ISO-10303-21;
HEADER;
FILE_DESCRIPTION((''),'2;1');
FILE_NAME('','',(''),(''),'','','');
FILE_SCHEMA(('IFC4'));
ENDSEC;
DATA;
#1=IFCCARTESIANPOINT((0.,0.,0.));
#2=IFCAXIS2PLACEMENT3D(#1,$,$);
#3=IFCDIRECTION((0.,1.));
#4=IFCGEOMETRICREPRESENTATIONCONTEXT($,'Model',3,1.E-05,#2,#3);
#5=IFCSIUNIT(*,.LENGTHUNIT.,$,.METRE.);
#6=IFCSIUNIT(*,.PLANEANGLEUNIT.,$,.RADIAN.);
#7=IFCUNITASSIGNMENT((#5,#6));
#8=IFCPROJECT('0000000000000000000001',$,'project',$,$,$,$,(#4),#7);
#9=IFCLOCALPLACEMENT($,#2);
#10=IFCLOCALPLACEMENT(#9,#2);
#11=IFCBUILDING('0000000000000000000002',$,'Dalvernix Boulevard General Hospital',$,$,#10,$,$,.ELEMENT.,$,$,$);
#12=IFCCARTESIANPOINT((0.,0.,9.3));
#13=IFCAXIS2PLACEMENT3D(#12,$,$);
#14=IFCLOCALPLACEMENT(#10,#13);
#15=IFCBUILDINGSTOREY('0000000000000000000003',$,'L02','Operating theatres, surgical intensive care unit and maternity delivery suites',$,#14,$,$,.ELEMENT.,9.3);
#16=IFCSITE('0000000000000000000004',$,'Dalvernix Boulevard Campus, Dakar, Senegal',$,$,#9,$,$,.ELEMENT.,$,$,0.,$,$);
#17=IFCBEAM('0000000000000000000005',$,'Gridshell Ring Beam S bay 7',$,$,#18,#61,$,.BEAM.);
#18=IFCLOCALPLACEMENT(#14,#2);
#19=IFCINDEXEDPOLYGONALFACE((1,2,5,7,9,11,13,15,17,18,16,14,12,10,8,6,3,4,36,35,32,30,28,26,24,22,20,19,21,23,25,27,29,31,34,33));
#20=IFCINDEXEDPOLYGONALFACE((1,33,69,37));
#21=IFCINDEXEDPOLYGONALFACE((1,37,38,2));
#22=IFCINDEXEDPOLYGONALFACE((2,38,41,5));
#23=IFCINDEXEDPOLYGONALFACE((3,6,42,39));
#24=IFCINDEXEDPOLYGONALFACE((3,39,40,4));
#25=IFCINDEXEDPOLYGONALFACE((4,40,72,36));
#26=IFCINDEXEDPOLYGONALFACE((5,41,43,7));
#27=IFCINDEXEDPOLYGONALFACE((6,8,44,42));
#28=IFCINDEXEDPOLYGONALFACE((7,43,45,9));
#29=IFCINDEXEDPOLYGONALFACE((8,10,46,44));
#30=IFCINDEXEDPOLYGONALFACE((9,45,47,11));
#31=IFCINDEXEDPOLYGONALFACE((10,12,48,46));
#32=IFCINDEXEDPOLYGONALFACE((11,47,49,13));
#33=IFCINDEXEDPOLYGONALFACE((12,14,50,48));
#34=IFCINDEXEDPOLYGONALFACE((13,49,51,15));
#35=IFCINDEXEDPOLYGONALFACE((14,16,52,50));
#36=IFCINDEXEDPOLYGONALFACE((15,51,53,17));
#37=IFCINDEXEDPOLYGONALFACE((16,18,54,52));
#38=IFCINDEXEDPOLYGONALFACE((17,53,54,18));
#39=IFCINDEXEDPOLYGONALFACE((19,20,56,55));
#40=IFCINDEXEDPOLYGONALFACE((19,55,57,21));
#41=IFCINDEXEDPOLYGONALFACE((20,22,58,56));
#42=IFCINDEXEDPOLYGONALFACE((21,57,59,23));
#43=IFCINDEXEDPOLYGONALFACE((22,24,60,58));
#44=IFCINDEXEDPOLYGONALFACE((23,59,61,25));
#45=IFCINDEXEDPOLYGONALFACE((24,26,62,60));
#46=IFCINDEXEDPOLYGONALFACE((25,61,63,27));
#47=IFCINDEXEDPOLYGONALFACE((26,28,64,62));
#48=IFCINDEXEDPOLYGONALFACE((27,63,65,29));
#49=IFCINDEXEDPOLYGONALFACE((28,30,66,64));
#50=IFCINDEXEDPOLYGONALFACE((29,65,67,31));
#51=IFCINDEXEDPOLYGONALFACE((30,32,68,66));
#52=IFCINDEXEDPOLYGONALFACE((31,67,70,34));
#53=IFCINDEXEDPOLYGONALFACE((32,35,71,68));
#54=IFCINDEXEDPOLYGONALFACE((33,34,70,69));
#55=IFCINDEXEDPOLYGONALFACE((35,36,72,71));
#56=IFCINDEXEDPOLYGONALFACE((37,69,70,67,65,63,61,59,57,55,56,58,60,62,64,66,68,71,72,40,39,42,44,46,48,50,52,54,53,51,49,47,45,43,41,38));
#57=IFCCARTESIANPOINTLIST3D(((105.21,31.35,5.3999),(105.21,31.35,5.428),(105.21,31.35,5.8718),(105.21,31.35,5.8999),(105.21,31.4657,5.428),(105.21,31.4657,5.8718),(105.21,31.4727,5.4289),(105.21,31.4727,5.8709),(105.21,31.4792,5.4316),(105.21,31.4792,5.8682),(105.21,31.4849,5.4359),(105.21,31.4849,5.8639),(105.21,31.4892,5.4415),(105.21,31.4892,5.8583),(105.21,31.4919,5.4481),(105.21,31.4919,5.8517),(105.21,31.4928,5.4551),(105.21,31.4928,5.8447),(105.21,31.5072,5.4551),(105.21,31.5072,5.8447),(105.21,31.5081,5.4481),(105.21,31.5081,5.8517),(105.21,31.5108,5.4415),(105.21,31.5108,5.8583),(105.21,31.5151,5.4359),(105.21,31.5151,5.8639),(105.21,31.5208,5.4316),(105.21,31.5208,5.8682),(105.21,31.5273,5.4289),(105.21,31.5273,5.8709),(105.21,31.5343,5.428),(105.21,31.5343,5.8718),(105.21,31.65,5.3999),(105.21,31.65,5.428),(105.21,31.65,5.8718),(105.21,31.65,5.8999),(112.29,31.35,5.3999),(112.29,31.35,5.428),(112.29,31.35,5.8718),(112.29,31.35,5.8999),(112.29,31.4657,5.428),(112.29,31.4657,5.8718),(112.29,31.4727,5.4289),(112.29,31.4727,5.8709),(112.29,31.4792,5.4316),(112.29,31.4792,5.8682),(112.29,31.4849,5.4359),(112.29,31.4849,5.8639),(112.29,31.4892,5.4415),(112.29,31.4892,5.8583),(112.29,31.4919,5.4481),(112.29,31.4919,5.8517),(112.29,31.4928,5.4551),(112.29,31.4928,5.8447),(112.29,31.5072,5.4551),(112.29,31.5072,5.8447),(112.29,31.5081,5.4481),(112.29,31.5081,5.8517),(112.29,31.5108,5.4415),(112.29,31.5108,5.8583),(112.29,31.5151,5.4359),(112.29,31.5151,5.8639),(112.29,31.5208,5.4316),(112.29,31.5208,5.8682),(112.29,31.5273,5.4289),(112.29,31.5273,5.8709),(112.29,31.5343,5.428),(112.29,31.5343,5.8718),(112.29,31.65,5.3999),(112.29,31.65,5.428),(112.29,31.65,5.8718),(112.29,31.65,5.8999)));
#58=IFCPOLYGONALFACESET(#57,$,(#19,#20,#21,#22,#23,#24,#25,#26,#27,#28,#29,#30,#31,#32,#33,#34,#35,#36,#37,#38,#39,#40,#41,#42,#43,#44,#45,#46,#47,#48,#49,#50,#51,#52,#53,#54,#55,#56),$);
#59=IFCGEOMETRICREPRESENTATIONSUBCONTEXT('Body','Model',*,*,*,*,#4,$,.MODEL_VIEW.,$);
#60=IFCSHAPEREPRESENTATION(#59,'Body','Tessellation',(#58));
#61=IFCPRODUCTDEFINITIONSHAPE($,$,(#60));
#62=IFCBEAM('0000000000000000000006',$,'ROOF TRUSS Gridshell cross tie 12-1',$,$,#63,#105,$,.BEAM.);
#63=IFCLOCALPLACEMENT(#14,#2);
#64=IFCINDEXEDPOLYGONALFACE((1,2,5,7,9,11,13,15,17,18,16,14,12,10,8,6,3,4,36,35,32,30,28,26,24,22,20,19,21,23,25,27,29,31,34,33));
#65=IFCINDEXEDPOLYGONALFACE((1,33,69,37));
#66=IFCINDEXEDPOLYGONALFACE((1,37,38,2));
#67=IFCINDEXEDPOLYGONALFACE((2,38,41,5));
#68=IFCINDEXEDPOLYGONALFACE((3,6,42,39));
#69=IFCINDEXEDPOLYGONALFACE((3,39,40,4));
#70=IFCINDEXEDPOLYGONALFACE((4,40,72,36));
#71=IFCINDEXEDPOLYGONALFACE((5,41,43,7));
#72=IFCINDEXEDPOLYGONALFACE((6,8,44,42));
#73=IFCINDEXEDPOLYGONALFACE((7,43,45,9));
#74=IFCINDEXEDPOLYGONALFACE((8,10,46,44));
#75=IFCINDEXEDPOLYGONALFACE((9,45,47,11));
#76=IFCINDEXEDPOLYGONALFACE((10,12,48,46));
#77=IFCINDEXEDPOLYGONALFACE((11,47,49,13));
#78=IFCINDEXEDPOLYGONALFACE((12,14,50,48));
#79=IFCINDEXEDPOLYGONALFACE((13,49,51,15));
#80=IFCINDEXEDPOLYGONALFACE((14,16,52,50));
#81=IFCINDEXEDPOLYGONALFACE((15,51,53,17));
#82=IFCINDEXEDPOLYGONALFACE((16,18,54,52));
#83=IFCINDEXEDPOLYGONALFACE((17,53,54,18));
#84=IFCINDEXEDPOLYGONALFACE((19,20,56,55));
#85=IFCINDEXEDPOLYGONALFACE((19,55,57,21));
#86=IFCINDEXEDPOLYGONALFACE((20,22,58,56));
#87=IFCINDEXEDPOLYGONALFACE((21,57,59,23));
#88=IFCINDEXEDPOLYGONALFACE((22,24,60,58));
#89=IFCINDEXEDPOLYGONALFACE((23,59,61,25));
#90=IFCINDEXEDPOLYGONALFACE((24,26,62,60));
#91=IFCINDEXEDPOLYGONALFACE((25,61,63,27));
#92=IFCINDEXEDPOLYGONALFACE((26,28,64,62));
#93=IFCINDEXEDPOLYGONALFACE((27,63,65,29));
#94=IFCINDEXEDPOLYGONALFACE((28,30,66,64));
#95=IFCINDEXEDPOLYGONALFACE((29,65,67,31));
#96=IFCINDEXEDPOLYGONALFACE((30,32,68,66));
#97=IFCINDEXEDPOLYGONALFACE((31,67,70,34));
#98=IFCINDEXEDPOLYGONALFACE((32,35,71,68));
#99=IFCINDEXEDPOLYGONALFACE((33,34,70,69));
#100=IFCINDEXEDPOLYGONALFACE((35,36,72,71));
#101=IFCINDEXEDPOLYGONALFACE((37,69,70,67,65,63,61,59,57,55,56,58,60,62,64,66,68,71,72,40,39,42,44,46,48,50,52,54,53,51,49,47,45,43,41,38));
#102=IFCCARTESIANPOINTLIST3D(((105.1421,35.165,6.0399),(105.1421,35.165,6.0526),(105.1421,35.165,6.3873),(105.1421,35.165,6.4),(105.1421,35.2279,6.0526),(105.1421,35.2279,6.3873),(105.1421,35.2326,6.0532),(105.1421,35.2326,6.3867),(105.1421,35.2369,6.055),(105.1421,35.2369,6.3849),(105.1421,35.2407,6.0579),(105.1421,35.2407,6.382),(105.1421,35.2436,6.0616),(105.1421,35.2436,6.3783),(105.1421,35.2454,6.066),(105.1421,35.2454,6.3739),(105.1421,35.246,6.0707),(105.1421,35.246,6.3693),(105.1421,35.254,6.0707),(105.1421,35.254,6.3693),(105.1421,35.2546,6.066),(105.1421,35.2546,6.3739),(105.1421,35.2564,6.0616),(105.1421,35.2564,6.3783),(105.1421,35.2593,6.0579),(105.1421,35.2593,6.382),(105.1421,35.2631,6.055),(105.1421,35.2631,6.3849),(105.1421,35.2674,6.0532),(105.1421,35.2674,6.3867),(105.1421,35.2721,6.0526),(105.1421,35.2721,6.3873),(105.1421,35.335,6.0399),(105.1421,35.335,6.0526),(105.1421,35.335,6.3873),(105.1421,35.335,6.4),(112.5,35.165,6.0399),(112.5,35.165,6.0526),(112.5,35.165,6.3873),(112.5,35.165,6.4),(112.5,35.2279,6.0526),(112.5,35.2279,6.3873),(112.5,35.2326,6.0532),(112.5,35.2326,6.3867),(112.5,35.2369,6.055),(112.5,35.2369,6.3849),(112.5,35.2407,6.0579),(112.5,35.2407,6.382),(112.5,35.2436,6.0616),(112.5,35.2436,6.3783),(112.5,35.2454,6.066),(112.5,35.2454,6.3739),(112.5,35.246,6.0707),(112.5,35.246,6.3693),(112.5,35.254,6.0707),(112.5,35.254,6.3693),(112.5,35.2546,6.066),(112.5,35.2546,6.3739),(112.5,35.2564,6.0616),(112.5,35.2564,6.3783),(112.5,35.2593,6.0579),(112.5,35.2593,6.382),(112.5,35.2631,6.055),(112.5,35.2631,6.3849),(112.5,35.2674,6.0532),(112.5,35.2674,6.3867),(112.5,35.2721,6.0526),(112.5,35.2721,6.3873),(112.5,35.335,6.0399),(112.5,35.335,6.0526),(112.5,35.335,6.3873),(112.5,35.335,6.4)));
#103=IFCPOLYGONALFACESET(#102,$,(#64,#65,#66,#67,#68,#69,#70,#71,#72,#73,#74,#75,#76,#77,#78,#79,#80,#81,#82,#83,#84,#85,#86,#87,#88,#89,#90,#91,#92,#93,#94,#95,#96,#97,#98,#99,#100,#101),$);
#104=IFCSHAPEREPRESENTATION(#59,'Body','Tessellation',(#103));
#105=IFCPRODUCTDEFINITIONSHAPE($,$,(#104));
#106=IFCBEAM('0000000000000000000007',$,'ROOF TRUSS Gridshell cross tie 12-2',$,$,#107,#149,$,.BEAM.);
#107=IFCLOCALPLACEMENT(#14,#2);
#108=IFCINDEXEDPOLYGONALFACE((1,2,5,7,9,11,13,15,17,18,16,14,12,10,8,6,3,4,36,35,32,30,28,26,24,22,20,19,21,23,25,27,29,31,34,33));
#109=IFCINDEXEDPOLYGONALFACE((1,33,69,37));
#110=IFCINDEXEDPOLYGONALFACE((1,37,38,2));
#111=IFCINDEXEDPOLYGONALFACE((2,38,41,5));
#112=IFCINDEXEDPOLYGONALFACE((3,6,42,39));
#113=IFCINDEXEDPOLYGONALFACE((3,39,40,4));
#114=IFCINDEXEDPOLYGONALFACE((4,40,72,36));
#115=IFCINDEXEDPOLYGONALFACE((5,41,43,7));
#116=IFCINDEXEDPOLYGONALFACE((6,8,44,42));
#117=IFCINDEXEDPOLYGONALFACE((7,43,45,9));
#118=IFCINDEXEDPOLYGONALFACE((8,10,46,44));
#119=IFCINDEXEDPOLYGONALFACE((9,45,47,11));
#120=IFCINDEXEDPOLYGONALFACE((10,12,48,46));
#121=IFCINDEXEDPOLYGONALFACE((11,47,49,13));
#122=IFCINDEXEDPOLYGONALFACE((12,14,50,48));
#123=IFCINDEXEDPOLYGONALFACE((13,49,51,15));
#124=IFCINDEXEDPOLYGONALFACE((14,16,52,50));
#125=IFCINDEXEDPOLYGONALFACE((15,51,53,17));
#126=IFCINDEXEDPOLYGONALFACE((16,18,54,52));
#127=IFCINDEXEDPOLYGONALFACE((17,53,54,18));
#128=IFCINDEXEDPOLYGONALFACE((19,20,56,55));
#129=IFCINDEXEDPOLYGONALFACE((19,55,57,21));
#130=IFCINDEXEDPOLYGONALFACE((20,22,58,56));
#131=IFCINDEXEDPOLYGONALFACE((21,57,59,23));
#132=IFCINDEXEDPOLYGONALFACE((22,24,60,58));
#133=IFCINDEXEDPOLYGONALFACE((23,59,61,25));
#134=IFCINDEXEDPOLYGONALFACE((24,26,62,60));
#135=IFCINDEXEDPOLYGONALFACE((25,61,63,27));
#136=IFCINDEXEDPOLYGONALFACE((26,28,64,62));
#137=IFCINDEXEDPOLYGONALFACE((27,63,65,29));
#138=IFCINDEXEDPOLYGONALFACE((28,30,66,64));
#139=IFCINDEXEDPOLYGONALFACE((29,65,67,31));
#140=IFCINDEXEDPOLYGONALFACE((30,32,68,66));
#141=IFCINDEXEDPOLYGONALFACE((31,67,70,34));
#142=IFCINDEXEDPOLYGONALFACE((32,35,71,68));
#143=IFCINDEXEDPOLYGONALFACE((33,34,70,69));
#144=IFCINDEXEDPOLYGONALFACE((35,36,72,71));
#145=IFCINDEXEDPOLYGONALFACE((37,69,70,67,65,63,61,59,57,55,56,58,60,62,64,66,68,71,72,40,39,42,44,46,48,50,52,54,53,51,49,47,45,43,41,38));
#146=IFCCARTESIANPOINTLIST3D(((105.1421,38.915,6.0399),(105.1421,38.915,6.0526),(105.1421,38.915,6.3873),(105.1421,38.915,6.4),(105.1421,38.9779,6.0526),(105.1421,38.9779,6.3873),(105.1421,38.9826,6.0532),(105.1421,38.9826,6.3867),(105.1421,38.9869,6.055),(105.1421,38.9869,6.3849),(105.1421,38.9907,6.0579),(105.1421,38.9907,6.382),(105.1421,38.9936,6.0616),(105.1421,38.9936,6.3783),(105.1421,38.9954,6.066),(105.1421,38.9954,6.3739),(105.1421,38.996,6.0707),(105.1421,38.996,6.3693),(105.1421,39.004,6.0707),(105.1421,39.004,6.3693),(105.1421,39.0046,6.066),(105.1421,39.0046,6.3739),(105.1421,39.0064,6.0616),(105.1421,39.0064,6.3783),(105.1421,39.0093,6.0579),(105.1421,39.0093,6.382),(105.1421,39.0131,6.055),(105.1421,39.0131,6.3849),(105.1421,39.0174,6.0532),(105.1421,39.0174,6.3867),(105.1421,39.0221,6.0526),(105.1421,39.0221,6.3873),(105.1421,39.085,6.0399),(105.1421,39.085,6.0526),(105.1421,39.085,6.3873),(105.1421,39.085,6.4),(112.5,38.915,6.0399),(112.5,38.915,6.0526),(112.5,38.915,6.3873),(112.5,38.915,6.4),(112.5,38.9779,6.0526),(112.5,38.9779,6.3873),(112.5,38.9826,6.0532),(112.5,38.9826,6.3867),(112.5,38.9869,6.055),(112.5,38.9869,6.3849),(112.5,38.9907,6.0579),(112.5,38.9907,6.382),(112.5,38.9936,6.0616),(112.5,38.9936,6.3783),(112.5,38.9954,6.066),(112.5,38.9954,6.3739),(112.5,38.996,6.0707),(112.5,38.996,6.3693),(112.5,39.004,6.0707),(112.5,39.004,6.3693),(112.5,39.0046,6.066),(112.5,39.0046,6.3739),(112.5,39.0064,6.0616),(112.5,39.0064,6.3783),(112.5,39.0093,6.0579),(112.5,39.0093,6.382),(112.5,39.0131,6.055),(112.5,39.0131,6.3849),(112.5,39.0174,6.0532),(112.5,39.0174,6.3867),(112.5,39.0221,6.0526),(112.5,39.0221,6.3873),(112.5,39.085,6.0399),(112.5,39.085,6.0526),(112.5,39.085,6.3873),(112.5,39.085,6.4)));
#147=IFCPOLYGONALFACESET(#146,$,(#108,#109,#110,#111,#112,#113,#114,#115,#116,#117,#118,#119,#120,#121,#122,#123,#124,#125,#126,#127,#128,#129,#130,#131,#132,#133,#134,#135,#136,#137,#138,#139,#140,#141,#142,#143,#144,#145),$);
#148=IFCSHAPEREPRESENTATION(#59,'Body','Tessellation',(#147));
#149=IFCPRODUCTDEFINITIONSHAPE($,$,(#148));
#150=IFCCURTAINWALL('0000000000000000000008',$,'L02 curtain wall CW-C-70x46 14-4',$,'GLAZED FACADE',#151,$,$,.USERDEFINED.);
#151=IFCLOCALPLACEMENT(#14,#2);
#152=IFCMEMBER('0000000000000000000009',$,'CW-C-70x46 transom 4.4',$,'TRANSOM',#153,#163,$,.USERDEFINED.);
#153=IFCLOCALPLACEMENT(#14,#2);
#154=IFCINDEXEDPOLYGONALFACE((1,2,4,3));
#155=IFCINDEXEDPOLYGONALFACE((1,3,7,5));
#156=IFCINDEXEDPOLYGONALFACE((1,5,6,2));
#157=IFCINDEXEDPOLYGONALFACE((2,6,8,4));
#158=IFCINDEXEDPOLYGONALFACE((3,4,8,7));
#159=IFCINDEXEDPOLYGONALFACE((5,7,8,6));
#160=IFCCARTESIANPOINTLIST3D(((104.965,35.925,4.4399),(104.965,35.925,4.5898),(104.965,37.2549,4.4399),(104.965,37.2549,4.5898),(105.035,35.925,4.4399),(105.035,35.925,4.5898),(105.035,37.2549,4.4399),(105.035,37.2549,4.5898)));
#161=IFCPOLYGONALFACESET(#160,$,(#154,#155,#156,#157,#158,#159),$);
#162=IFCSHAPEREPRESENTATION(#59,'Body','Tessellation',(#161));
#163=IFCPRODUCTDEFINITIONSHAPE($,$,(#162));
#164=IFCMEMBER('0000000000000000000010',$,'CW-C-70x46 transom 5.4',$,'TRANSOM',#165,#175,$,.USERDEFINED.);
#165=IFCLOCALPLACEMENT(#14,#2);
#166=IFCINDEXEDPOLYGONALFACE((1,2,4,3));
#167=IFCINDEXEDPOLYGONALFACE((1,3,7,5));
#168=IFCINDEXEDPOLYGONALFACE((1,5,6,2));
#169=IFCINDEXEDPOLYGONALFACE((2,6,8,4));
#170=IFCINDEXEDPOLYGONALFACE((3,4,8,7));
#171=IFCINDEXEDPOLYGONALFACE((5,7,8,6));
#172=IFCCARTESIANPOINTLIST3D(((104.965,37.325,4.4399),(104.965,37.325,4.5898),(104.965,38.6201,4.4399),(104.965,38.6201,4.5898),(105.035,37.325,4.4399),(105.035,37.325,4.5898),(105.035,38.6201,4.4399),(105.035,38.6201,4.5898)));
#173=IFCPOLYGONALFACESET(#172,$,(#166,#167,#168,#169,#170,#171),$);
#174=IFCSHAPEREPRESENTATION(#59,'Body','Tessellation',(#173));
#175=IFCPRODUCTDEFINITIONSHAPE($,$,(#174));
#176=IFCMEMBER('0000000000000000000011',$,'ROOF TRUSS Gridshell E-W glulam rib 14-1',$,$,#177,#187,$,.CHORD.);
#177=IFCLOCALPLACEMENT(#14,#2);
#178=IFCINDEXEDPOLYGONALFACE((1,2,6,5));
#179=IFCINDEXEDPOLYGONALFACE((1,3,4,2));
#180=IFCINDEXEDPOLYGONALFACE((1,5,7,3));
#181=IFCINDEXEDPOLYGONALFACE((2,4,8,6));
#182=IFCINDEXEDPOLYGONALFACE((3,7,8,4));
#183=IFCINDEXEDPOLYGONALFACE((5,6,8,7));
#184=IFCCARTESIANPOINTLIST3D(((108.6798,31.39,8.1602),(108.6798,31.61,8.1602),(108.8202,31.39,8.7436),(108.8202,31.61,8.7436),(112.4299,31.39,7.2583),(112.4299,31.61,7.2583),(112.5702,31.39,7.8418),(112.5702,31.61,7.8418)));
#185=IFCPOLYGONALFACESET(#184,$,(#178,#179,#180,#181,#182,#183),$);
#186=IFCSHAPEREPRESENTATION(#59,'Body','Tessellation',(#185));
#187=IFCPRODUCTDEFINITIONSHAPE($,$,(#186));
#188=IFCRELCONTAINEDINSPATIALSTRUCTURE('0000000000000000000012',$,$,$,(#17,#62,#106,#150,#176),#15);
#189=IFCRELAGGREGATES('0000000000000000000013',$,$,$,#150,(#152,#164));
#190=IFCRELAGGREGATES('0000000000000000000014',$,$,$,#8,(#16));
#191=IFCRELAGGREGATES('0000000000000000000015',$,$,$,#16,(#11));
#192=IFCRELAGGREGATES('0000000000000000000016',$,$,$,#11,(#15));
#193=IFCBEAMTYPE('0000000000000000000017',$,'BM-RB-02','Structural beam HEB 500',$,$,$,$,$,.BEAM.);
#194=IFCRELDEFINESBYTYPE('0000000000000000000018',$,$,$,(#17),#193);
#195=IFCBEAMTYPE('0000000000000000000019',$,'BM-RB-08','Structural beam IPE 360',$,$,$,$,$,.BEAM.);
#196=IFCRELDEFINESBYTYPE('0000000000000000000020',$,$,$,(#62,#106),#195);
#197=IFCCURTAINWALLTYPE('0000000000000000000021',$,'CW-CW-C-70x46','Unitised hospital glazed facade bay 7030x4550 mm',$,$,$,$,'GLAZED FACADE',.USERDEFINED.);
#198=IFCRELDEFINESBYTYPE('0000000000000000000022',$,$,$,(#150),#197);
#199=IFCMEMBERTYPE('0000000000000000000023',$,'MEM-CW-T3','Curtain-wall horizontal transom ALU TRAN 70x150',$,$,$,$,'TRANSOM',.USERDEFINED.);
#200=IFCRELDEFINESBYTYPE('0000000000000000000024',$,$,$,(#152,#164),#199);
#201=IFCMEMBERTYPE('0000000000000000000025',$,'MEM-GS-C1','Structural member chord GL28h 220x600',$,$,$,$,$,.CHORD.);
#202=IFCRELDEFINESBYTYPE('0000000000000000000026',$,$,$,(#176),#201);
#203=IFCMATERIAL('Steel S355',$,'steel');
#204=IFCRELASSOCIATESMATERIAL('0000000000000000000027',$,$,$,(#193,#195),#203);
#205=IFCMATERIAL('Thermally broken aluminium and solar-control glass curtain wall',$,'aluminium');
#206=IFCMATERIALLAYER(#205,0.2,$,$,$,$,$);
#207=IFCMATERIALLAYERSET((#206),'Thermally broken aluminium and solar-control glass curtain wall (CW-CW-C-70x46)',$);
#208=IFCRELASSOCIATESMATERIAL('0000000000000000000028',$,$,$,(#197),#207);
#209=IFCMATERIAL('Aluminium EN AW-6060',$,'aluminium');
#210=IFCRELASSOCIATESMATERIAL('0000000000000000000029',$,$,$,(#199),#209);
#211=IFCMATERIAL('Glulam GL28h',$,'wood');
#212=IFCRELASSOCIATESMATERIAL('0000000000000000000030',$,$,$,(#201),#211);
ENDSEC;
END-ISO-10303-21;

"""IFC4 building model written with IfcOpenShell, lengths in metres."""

from ifc_helpers import new_model, si_unit, direction, frame, origin, origin_2d, place, context, subcontext, project, spatial, rectangle, i_section, extrude, material, layer, layer_set, material_profile, profile_set, type_object, element, aggregate, save


model = new_model("IFC4")

# Units and contexts
model_context = context("Model", 3, precision=1e-05, world=origin(), true_north=direction((0.0, 1.0)))
body_context = subcontext(model_context, "Body", "Model", "MODEL_VIEW")
ifc_project = project(units=[si_unit("LENGTHUNIT", "METRE"), si_unit("PLANEANGLEUNIT", "RADIAN")], contexts=[model_context])

# Site, building, storey
site_placement = place(None, origin())
site = spatial("IfcSite", under=ifc_project, at=site_placement, Name="Dalvernix Boulevard Campus, Dakar, Senegal", CompositionType="ELEMENT", RefElevation=0.0)
building_placement = place(site_placement, origin())
building = spatial("IfcBuilding", under=site, at=building_placement, Name="Dalvernix Boulevard General Hospital", CompositionType="ELEMENT")
storey_placement = place(building_placement, frame((0.0, 0.0, 9.3)))
storey = spatial("IfcBuildingStorey", under=building, at=storey_placement, Name="L02", Description="Operating theatres, surgical intensive care unit and maternity delivery suites", CompositionType="ELEMENT", Elevation=9.3)

# Beams
ifc_material_1 = material(Name="Steel S355", Category="steel")
ifc_material_profile_1 = material_profile(ifc_material_1, i_section(OverallWidth=0.3, OverallDepth=0.5, WebThickness=0.0144, FlangeThickness=0.0281, FilletRadius=0.0271, at=origin_2d()), Name="HEB 500")
ifc_profile_set_1 = profile_set([ifc_material_profile_1], Name="Steel S355")
beam_type_1 = type_object("IfcBeamType", Name="BM-RB-02", Description="Structural beam HEB 500", PredefinedType="BEAM", material=ifc_profile_set_1)
beam_placement = place(storey_placement, frame((105.21, 31.5, 5.6499), z_axis=(1.0, 0.0, 0.0), x_axis=(0.0, 1.0, 0.0)))
element("IfcBeam", 1, at=beam_placement, inside=storey, type_object=beam_type_1, Name="Gridshell Ring Beam S bay 7", PredefinedType="BEAM", context=body_context, shape_type="SweptSolid", body=[
    extrude(i_section(OverallWidth=0.3, OverallDepth=0.5, WebThickness=0.0144, FlangeThickness=0.0281, FilletRadius=0.0271, at=origin_2d()), origin(), (0.0, 0.0, 1.0), 7.0801),
])
ifc_material_profile_2 = material_profile(ifc_material_1, i_section(OverallWidth=0.1699, OverallDepth=0.3601, WebThickness=0.0081, FlangeThickness=0.0127, FilletRadius=0.0181, at=origin_2d()), Name="IPE 360")
ifc_profile_set_2 = profile_set([ifc_material_profile_2], Name="Steel S355")
beam_type_2 = type_object("IfcBeamType", Name="BM-RB-08", Description="Structural beam IPE 360", PredefinedType="BEAM", material=ifc_profile_set_2)
for number, where, z_axis, x_axis, name in (
    (2, (105.1421, 35.25, 6.22), (1.0, 0.0, 0.0), (0.0, 1.0, 0.0), "ROOF TRUSS Gridshell cross tie 12-1"),
    (3, (105.1421, 39.0, 6.22), (1.0, 0.0, 0.0), (0.0, 1.0, 0.0), "ROOF TRUSS Gridshell cross tie 12-2"),
):
    element("IfcBeam", number, at=place(storey_placement, frame(where, z_axis=z_axis, x_axis=x_axis)), inside=storey, type_object=beam_type_2, Name=name, PredefinedType="BEAM", context=body_context, shape_type="SweptSolid", body=[
        extrude(i_section(OverallWidth=0.1699, OverallDepth=0.3601, WebThickness=0.0081, FlangeThickness=0.0127, FilletRadius=0.0181, at=origin_2d()), origin(), (0.0, 0.0, 1.0), 7.3579),
    ])

# Curtain wall, members
ifc_material_2 = material(Name="Thermally broken aluminium and solar-control glass curtain wall", Category="aluminium")
ifc_layer_1 = layer(ifc_material_2, 0.2)
ifc_layer_set_1 = layer_set([ifc_layer_1], Name="Thermally broken aluminium and solar-control glass curtain wall (CW-CW-C-70x46)")
curtain_wall_type = type_object("IfcCurtainWallType", Name="CW-CW-C-70x46", Description="Unitised hospital glazed facade bay 7030x4550 mm", ElementType="GLAZED FACADE", PredefinedType="USERDEFINED", material=ifc_layer_set_1)
curtain_wall_placement = place(storey_placement, origin())
curtain_wall = element("IfcCurtainWall", 4, at=curtain_wall_placement, inside=storey, type_object=curtain_wall_type, Name="L02 curtain wall CW-C-70x46 14-4", ObjectType="GLAZED FACADE", PredefinedType="USERDEFINED")
ifc_material_3 = material(Name="Aluminium EN AW-6060", Category="aluminium")
ifc_material_profile_3 = material_profile(ifc_material_3, rectangle(XDim=0.0701, YDim=0.1499, at=origin_2d()), Name="ALU TRAN 70x150")
ifc_profile_set_3 = profile_set([ifc_material_profile_3], Name="Aluminium EN AW-6060")
member_type_1 = type_object("IfcMemberType", Name="MEM-CW-T3", Description="Curtain-wall horizontal transom ALU TRAN 70x150", ElementType="TRANSOM", PredefinedType="USERDEFINED", material=ifc_profile_set_3)
member_1_placement = place(storey_placement, frame((105.0, 35.925, 4.5149), z_axis=(0.0, 1.0, 0.0), x_axis=(-1.0, 0.0, 0.0)))
member_1 = element("IfcMember", 5, at=member_1_placement, type_object=member_type_1, Name="CW-C-70x46 transom 4.4", ObjectType="TRANSOM", PredefinedType="USERDEFINED", context=body_context, shape_type="SweptSolid", body=[
    extrude(rectangle(XDim=0.0701, YDim=0.1499, at=origin_2d()), origin(), (0.0, 0.0, 1.0), 1.3298),
])
member_2_placement = place(storey_placement, frame((105.0, 37.325, 4.5149), z_axis=(0.0, 1.0, 0.0), x_axis=(-1.0, 0.0, 0.0)))
member_2 = element("IfcMember", 6, at=member_2_placement, type_object=member_type_1, Name="CW-C-70x46 transom 5.4", ObjectType="TRANSOM", PredefinedType="USERDEFINED", context=body_context, shape_type="SweptSolid", body=[
    extrude(rectangle(XDim=0.0701, YDim=0.1499, at=origin_2d()), origin(), (0.0, 0.0, 1.0), 1.2952),
])

# Member
ifc_material_4 = material(Name="Glulam GL28h", Category="wood")
ifc_material_profile_4 = material_profile(ifc_material_4, rectangle(XDim=0.22, YDim=0.6001, at=origin_2d()), Name="GL28h 220x600")
ifc_profile_set_4 = profile_set([ifc_material_profile_4], Name="Glulam GL28h")
member_type_2 = type_object("IfcMemberType", Name="MEM-GS-C1", Description="Structural member chord GL28h 220x600", PredefinedType="CHORD", material=ifc_profile_set_4)
member_3_placement = place(storey_placement, frame((108.75, 31.5, 8.4519), z_axis=(0.972278, 0.0, -0.233828), x_axis=(0.0, 1.0, 0.0)))
element("IfcMember", 7, at=member_3_placement, inside=storey, type_object=member_type_2, Name="ROOF TRUSS Gridshell E-W glulam rib 14-1", PredefinedType="CHORD", context=body_context, shape_type="SweptSolid", body=[
    extrude(rectangle(XDim=0.22, YDim=0.6001, at=origin_2d()), origin(), (0.0, 0.0, 1.0), 3.8569),
])

aggregate(curtain_wall, [member_1, member_2])

save(model, "model.ifc")
